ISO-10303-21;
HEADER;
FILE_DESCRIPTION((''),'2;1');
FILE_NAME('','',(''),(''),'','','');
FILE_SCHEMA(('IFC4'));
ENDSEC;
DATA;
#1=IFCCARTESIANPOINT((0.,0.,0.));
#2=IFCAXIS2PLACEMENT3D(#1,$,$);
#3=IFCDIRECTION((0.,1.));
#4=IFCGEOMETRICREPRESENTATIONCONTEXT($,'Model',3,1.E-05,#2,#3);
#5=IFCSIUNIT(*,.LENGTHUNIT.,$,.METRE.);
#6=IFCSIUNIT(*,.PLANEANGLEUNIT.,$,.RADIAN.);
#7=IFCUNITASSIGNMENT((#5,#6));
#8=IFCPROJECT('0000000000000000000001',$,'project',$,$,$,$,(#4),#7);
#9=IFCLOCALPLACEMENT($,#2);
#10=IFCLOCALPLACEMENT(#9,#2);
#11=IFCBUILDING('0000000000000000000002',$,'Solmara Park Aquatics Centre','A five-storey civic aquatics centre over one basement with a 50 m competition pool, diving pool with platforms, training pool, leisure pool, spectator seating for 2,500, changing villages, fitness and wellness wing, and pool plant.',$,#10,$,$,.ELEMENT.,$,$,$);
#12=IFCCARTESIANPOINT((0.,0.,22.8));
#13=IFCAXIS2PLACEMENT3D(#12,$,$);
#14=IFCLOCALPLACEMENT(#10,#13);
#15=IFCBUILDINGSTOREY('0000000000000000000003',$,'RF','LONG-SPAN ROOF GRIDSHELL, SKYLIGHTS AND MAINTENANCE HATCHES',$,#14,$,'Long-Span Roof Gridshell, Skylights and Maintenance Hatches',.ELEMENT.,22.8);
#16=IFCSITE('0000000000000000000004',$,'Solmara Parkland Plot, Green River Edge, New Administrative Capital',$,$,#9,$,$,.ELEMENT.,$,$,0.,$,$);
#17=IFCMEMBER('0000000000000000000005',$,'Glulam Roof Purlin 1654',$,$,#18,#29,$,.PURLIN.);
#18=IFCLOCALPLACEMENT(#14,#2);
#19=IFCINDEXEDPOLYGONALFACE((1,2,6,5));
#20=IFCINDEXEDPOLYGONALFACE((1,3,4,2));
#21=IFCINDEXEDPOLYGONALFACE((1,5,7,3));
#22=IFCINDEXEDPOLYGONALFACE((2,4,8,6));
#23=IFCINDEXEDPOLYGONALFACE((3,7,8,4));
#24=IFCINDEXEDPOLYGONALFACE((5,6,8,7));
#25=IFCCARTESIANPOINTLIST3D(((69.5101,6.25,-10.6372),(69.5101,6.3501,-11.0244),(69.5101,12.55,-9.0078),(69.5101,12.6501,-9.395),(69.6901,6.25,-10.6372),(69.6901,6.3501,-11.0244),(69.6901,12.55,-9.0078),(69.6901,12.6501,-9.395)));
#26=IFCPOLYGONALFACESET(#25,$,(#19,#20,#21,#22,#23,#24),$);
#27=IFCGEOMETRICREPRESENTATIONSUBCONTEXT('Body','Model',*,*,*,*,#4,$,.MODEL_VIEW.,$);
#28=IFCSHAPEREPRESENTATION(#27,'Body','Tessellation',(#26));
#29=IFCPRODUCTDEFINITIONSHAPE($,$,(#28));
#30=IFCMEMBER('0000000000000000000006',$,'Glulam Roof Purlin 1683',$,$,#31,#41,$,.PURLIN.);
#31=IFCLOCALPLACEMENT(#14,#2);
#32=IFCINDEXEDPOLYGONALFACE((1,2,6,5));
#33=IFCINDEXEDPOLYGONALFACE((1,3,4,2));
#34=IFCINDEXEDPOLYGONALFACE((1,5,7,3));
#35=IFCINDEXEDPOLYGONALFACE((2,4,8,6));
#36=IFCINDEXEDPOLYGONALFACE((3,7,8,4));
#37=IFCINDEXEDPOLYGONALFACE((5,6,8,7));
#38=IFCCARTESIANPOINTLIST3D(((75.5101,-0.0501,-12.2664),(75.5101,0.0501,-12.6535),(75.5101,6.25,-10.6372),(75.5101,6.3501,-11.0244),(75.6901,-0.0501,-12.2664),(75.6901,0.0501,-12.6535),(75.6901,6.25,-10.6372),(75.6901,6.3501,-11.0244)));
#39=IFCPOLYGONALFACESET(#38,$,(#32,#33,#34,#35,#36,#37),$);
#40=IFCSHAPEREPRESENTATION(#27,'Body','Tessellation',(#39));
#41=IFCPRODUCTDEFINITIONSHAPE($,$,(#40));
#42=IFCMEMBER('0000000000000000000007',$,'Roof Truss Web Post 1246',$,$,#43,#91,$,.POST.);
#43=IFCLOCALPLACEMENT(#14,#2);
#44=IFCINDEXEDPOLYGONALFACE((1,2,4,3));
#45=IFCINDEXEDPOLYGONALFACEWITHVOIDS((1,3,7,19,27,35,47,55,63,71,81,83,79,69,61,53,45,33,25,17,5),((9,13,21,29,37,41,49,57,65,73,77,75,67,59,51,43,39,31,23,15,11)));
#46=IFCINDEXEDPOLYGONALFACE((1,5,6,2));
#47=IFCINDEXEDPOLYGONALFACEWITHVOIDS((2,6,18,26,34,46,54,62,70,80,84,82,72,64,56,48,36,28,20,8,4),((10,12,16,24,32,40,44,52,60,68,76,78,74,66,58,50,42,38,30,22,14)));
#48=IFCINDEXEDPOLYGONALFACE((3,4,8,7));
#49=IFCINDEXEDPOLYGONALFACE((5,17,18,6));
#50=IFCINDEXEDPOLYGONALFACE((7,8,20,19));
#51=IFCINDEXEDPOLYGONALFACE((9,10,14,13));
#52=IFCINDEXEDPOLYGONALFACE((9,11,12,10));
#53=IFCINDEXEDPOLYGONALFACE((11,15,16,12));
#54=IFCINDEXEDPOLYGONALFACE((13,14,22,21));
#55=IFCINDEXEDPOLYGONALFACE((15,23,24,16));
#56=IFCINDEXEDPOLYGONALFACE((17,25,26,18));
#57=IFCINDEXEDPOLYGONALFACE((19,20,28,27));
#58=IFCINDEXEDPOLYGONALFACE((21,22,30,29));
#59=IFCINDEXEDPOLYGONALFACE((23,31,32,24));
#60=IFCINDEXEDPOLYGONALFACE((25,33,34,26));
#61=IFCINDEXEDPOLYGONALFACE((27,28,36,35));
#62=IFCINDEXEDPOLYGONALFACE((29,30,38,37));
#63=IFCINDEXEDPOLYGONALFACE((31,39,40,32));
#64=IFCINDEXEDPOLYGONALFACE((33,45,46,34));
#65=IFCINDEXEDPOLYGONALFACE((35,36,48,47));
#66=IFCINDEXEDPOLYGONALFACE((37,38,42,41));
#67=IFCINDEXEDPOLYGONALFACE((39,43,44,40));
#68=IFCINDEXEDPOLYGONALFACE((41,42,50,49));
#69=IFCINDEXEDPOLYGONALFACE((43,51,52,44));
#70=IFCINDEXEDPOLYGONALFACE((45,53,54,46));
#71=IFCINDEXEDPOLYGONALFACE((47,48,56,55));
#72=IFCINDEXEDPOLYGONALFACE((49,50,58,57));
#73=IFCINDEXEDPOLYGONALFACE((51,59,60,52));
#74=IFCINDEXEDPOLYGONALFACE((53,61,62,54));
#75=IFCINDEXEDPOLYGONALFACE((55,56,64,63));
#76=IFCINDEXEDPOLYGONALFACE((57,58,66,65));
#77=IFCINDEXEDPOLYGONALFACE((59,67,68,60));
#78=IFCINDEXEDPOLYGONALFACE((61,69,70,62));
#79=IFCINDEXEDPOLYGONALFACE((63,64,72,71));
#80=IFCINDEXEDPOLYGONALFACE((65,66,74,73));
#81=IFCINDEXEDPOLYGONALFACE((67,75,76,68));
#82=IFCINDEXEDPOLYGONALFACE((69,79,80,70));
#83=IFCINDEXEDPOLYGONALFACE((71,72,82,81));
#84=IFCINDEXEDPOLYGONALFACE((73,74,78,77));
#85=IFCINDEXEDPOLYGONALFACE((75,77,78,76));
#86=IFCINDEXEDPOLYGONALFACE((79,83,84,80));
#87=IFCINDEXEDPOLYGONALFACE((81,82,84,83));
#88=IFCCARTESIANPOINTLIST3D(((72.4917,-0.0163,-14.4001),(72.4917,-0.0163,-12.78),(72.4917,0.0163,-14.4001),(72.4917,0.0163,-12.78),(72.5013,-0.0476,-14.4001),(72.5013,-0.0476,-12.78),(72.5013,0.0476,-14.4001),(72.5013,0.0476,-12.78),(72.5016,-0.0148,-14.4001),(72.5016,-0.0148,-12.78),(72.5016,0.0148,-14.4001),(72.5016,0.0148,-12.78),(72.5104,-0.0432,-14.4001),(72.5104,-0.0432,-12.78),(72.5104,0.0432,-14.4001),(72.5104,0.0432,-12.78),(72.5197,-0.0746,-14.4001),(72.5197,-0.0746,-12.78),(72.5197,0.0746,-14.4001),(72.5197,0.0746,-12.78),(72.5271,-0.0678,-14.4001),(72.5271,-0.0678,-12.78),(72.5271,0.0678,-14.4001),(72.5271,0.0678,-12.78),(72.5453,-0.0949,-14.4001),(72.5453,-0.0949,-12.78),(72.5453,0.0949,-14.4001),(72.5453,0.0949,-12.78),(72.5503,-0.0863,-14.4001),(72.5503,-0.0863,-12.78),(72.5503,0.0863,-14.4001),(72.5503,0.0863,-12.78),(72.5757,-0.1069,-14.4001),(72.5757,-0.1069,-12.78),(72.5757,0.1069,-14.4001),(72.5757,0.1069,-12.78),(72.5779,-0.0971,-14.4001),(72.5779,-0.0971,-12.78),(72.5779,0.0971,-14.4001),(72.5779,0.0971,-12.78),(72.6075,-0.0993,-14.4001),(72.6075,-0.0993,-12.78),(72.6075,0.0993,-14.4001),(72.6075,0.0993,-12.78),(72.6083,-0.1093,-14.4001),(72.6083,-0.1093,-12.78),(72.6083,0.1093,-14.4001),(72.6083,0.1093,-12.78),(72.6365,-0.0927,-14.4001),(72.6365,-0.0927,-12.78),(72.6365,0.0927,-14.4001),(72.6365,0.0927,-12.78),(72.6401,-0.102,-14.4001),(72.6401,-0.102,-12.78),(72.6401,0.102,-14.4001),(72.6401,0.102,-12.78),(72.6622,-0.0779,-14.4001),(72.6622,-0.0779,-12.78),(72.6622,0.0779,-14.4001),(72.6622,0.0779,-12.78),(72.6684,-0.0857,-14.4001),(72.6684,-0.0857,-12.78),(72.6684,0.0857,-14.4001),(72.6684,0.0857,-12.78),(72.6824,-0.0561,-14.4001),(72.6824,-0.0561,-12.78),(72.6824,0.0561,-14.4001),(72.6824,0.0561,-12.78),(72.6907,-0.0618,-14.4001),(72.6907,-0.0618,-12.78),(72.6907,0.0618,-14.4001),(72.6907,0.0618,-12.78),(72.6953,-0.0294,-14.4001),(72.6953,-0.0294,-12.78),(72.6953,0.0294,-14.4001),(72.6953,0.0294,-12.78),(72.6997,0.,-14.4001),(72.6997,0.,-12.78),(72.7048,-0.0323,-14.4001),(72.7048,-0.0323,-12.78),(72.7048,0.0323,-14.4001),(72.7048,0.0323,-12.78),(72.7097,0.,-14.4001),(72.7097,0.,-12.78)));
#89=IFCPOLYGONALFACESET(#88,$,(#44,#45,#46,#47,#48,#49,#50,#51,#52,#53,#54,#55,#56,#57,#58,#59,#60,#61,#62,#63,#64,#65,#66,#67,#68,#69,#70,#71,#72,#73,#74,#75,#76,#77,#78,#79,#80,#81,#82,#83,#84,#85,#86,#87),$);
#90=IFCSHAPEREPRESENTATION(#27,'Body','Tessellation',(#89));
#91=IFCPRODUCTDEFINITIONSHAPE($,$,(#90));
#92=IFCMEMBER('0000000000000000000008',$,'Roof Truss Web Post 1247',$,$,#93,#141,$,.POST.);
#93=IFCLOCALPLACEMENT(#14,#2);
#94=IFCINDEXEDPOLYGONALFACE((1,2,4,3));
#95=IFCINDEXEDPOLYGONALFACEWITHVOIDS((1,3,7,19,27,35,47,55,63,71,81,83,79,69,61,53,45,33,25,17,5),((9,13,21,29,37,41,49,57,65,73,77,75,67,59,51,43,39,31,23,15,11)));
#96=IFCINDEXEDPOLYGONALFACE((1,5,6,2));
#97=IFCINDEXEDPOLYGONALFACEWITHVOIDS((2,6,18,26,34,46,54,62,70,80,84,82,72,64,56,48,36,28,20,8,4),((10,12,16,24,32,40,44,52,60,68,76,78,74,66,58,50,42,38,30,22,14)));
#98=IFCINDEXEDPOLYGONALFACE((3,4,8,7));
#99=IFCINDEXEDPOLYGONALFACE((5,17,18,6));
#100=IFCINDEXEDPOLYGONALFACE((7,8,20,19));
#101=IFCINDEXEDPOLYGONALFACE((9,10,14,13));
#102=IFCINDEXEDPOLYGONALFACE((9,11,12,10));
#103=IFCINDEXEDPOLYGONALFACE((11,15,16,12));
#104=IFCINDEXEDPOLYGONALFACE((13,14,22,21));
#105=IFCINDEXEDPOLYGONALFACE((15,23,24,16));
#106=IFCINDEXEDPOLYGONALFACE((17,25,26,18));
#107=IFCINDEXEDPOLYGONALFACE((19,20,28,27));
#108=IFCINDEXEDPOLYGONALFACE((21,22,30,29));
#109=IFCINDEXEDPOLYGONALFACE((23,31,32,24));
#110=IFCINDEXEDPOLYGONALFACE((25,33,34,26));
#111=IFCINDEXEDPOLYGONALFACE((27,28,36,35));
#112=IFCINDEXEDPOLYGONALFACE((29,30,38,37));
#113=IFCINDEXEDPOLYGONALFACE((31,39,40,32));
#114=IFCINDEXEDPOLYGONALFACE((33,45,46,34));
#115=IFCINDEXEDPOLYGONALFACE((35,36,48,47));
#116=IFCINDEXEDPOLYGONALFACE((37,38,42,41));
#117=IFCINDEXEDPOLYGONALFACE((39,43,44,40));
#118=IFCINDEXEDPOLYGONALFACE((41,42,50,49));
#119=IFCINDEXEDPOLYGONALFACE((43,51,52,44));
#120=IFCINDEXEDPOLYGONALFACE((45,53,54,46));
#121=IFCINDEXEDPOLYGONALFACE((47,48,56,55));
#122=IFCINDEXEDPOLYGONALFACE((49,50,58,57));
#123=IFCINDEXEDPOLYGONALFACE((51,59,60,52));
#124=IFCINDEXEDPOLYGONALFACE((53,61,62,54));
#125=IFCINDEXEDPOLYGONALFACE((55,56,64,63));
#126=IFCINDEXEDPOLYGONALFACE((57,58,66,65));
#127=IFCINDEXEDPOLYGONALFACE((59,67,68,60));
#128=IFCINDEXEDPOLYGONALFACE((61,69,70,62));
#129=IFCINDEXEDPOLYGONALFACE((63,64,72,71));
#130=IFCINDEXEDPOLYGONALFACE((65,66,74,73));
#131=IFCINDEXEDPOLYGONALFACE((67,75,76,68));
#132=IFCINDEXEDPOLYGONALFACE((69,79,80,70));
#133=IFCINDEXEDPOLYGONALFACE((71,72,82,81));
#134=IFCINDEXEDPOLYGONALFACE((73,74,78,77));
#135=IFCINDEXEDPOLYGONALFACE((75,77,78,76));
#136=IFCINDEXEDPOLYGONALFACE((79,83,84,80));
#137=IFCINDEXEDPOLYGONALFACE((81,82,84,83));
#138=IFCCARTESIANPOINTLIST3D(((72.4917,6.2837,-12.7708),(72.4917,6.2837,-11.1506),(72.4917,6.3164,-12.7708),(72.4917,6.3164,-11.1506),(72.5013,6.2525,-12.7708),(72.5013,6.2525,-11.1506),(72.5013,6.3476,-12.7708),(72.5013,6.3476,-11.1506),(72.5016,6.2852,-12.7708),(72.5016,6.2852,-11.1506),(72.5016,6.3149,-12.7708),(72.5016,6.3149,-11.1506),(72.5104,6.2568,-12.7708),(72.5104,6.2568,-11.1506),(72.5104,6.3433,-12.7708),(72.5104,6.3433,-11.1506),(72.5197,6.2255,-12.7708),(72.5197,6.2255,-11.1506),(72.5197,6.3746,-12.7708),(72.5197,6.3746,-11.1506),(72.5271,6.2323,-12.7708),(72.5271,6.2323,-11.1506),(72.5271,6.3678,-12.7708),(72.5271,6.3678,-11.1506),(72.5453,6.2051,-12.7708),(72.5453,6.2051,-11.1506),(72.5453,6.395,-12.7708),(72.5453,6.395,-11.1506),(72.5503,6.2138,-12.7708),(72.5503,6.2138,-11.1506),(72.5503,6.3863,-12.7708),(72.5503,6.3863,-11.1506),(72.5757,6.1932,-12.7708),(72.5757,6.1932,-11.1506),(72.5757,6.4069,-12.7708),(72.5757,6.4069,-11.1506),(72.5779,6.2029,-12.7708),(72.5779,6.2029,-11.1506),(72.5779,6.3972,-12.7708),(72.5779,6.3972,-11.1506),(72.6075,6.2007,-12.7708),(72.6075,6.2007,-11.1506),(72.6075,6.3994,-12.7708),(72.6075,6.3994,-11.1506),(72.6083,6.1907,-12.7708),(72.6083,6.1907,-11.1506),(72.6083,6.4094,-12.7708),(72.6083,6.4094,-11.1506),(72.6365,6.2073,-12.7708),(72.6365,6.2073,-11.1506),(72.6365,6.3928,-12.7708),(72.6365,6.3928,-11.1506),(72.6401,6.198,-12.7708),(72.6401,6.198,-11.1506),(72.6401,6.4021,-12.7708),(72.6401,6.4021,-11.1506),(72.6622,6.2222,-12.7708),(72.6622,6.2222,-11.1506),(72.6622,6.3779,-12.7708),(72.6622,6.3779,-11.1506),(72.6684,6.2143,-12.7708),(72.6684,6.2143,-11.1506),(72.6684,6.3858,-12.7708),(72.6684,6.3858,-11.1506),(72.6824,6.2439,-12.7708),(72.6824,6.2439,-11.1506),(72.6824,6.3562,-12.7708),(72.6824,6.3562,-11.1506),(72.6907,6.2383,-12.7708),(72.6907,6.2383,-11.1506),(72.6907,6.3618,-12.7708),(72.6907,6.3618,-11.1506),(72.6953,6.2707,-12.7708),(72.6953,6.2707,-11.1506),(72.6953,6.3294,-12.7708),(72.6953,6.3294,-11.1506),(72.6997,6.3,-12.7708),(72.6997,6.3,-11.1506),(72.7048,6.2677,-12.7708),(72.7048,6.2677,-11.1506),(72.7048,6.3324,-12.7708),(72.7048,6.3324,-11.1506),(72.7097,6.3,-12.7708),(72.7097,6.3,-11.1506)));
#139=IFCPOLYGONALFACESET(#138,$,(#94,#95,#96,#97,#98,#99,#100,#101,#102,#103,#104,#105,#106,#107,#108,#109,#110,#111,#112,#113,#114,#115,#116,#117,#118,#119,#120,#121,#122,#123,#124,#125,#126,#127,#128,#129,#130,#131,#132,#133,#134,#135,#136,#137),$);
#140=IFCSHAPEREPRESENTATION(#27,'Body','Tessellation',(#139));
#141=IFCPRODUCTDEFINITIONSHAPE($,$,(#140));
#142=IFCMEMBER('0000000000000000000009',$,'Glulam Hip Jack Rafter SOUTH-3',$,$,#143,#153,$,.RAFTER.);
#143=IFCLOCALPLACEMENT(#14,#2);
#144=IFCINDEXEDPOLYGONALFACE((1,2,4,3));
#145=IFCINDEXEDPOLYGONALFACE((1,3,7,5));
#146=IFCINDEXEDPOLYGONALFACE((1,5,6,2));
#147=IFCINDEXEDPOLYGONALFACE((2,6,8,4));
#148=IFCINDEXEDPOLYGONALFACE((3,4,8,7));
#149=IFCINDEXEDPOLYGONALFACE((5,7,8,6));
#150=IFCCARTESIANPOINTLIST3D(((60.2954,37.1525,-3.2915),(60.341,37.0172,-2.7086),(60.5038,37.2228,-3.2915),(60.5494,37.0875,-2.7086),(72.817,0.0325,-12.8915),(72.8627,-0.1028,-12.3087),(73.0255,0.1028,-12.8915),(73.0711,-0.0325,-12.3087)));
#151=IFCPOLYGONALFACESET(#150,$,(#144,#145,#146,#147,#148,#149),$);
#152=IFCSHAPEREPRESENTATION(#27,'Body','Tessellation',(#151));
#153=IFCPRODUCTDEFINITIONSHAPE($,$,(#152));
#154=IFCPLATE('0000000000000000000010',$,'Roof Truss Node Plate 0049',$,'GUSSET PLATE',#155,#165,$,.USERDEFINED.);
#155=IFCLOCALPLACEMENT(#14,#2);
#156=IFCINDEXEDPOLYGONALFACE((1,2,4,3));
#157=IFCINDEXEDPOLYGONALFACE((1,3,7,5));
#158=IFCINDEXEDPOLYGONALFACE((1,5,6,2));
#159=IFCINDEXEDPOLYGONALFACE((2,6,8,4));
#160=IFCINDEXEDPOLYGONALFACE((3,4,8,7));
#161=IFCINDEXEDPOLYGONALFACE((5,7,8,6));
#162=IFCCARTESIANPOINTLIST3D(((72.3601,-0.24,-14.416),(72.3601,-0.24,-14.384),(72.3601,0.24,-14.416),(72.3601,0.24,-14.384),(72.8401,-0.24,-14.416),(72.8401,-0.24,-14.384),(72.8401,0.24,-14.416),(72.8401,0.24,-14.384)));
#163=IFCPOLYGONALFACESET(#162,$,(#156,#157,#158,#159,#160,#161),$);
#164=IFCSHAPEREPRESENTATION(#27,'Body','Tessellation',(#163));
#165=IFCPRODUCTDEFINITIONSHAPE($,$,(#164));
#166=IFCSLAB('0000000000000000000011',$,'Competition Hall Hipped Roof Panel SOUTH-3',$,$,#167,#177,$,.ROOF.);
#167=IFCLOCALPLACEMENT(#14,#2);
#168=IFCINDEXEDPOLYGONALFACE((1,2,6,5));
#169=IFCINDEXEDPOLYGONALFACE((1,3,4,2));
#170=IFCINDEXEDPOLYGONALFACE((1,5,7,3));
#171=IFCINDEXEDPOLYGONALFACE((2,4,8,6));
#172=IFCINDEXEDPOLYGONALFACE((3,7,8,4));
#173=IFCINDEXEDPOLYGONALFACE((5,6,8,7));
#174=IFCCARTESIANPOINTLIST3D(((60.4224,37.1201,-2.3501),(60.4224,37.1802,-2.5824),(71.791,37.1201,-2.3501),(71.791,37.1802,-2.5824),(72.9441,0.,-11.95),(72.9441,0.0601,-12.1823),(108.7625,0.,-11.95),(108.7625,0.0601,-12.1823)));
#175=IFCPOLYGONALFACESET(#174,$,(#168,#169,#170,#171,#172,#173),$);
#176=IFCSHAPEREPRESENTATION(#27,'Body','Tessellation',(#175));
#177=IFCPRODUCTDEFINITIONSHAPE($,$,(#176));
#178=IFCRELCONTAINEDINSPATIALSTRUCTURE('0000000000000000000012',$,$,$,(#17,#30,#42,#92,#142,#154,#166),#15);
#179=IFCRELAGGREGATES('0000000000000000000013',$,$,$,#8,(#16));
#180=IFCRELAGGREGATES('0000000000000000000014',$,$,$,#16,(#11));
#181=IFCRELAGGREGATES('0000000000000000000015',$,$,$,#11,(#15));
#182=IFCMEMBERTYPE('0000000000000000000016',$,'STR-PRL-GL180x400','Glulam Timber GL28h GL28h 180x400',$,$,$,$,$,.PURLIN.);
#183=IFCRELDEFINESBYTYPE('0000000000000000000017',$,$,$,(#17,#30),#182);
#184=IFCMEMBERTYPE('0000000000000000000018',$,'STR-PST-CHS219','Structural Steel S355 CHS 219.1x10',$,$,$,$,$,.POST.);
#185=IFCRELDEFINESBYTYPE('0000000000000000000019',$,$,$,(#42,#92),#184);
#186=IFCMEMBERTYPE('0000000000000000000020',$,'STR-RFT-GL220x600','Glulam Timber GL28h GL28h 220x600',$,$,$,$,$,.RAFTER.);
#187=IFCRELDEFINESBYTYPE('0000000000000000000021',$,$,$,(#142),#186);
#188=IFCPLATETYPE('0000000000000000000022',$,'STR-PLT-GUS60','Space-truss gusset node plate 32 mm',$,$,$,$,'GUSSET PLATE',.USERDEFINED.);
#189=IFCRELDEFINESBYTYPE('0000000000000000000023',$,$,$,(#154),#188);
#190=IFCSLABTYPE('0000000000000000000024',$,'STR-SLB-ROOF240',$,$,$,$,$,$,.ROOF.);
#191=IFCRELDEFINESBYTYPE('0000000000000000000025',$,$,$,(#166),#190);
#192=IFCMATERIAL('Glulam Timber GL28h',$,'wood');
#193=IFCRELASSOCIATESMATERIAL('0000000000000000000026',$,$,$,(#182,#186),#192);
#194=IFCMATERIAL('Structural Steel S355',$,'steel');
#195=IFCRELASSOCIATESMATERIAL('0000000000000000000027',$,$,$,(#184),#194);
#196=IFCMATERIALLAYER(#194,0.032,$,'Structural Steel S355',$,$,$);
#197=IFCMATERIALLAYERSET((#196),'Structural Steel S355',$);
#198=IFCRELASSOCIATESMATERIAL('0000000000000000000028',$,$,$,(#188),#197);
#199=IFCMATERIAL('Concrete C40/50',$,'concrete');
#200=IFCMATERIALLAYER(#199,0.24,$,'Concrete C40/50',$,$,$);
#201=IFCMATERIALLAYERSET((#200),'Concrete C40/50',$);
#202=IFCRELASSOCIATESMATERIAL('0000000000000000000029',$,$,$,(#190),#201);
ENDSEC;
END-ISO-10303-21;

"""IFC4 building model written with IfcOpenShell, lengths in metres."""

from ifc_helpers import new_model, si_unit, direction, frame, origin, origin_2d, place, context, subcontext, project, spatial, polyline, rectangle, hollow_circle, outline, extrude, material, layer, layer_set, material_profile, profile_set, type_object, element, save


model = new_model("IFC4")

# Units and contexts
model_context = context("Model", 3, precision=1e-05, world=origin(), true_north=direction((0.0, 1.0)))
body_context = subcontext(model_context, "Body", "Model", "MODEL_VIEW")
ifc_project = project(units=[si_unit("LENGTHUNIT", "METRE"), si_unit("PLANEANGLEUNIT", "RADIAN")], contexts=[model_context])

# Site, building, storey
site_placement = place(None, origin())
site = spatial("IfcSite", under=ifc_project, at=site_placement, Name="Solmara Parkland Plot, Green River Edge, New Administrative Capital", CompositionType="ELEMENT", RefElevation=0.0)
building_placement = place(site_placement, origin())
building = spatial("IfcBuilding", under=site, at=building_placement, Name="Solmara Park Aquatics Centre", Description="A five-storey civic aquatics centre over one basement with a 50 m competition pool, diving pool with platforms, training pool, leisure pool, spectator seating for 2,500, changing villages, fitness and wellness wing, and pool plant.", CompositionType="ELEMENT")
storey_placement = place(building_placement, frame((0.0, 0.0, 22.8)))
storey = spatial("IfcBuildingStorey", under=building, at=storey_placement, Name="RF", Description="LONG-SPAN ROOF GRIDSHELL, SKYLIGHTS AND MAINTENANCE HATCHES", LongName="Long-Span Roof Gridshell, Skylights and Maintenance Hatches", CompositionType="ELEMENT", Elevation=22.8)

# Members
ifc_material_1 = material(Name="Structural Steel S355", Category="steel")
ifc_material_2 = material(Name="Glulam Timber GL28h", Category="wood")
ifc_material_profile_1 = material_profile(ifc_material_2, rectangle(XDim=0.1799, YDim=0.3999, at=origin_2d()), Name="GL28h 180x400")
ifc_profile_set_1 = profile_set([ifc_material_profile_1], Name="Glulam Timber GL28h")
member_type_1 = type_object("IfcMemberType", Name="STR-PRL-GL180x400", Description="Glulam Timber GL28h GL28h 180x400", PredefinedType="PURLIN", material=ifc_profile_set_1)
for number, where, z_axis, x_axis, name in (
    (1, (69.6001, 6.3, -10.8308), (0.0, 0.968144, 0.250393), (-1.0, 0.0, 0.0), "Glulam Roof Purlin 1654"),
    (2, (75.6001, 0.0, -12.46), (0.0, 0.968153, 0.250358), (-1.0, 0.0, 0.0), "Glulam Roof Purlin 1683"),
):
    element("IfcMember", number, at=place(storey_placement, frame(where, z_axis=z_axis, x_axis=x_axis)), inside=storey, type_object=member_type_1, Name=name, PredefinedType="PURLIN", context=body_context, shape_type="SweptSolid", body=[
        extrude(rectangle(XDim=0.1799, YDim=0.3999, at=origin_2d()), origin(), (0.0, 0.0, 1.0), 6.5073),
    ])
ifc_material_profile_2 = material_profile(ifc_material_1, hollow_circle(Radius=0.1096, WallThickness=0.01, at=origin_2d()), Name="CHS 219.1x10")
ifc_profile_set_2 = profile_set([ifc_material_profile_2], Name="Structural Steel S355")
member_type_2 = type_object("IfcMemberType", Name="STR-PST-CHS219", Description="Structural Steel S355 CHS 219.1x10", PredefinedType="POST", material=ifc_profile_set_2)
for number, where, z_axis, x_axis, name in (
    (3, (72.6001, 0.0, -14.4001), (0.0, 0.0, 1.0), (1.0, 0.0, 0.0), "Roof Truss Web Post 1246"),
    (4, (72.6001, 6.3, -12.7708), (0.0, 0.0, 1.0), (1.0, 0.0, 0.0), "Roof Truss Web Post 1247"),
):
    element("IfcMember", number, at=place(storey_placement, frame(where, z_axis=z_axis, x_axis=x_axis)), inside=storey, type_object=member_type_2, Name=name, PredefinedType="POST", context=body_context, shape_type="SweptSolid", body=[
        extrude(hollow_circle(Radius=0.1096, WallThickness=0.01, at=origin_2d()), origin(), (0.0, 0.0, 1.0), 1.6201),
    ])
ifc_material_profile_3 = material_profile(ifc_material_2, rectangle(XDim=0.22, YDim=0.6001, at=origin_2d()), Name="GL28h 220x600")
ifc_profile_set_3 = profile_set([ifc_material_profile_3], Name="Glulam Timber GL28h")
member_type_3 = type_object("IfcMemberType", Name="STR-RFT-GL220x600", Description="Glulam Timber GL28h GL28h 220x600", PredefinedType="RAFTER", material=ifc_profile_set_3)
member_1_placement = place(storey_placement, frame((72.9441, 0.0, -12.6001), z_axis=(-0.310448, 0.920311, 0.238013), x_axis=(-0.947541, -0.319634, 0.0)))
element("IfcMember", 5, at=member_1_placement, inside=storey, type_object=member_type_3, Name="Glulam Hip Jack Rafter SOUTH-3", PredefinedType="RAFTER", context=body_context, shape_type="SweptSolid", body=[
    extrude(rectangle(XDim=0.22, YDim=0.6001, at=origin_2d()), origin(), (0.0, 0.0, 1.0), 40.3342),
])

# Plate
ifc_layer_1 = layer(ifc_material_1, 0.032, Name="Structural Steel S355")
ifc_layer_set_1 = layer_set([ifc_layer_1], Name="Structural Steel S355")
plate_type = type_object("IfcPlateType", Name="STR-PLT-GUS60", Description="Space-truss gusset node plate 32 mm", ElementType="GUSSET PLATE", PredefinedType="USERDEFINED", material=ifc_layer_set_1)
plate_placement = place(storey_placement, frame((72.6001, 0.0, -14.416), z_axis=(0.0, 0.0, 1.0), x_axis=(1.0, 0.0, 0.0)))
element("IfcPlate", 6, at=plate_placement, inside=storey, type_object=plate_type, Name="Roof Truss Node Plate 0049", ObjectType="GUSSET PLATE", PredefinedType="USERDEFINED", context=body_context, shape_type="SweptSolid", body=[
    extrude(rectangle(XDim=0.48, YDim=0.48, at=origin_2d()), origin(), (0.0, 0.0, 1.0), 0.032),
])

# Slab
ifc_material_3 = material(Name="Concrete C40/50", Category="concrete")
ifc_layer_2 = layer(ifc_material_3, 0.24, Name="Concrete C40/50")
ifc_layer_set_2 = layer_set([ifc_layer_2], Name="Concrete C40/50")
slab_type = type_object("IfcSlabType", Name="STR-SLB-ROOF240", PredefinedType="ROOF", material=ifc_layer_set_2)
slab_placement = place(storey_placement, frame((72.9441, 0.0, -11.95), z_axis=(0.0, -0.250379, 0.968148), x_axis=(1.0, 0.0, 0.0)))
element("IfcSlab", 7, at=slab_placement, inside=storey, type_object=slab_type, Name="Competition Hall Hipped Roof Panel SOUTH-3", PredefinedType="ROOF", context=body_context, shape_type="SweptSolid", body=[
    extrude(outline(polyline([(0.0, 0.0), (35.8184, 0.0), (-1.1531, 38.3414), (-12.5217, 38.3414), (0.0, 0.0)])), origin(), (0.0, 0.0, -1.0), 0.24),
])

save(model, "model.ifc")
